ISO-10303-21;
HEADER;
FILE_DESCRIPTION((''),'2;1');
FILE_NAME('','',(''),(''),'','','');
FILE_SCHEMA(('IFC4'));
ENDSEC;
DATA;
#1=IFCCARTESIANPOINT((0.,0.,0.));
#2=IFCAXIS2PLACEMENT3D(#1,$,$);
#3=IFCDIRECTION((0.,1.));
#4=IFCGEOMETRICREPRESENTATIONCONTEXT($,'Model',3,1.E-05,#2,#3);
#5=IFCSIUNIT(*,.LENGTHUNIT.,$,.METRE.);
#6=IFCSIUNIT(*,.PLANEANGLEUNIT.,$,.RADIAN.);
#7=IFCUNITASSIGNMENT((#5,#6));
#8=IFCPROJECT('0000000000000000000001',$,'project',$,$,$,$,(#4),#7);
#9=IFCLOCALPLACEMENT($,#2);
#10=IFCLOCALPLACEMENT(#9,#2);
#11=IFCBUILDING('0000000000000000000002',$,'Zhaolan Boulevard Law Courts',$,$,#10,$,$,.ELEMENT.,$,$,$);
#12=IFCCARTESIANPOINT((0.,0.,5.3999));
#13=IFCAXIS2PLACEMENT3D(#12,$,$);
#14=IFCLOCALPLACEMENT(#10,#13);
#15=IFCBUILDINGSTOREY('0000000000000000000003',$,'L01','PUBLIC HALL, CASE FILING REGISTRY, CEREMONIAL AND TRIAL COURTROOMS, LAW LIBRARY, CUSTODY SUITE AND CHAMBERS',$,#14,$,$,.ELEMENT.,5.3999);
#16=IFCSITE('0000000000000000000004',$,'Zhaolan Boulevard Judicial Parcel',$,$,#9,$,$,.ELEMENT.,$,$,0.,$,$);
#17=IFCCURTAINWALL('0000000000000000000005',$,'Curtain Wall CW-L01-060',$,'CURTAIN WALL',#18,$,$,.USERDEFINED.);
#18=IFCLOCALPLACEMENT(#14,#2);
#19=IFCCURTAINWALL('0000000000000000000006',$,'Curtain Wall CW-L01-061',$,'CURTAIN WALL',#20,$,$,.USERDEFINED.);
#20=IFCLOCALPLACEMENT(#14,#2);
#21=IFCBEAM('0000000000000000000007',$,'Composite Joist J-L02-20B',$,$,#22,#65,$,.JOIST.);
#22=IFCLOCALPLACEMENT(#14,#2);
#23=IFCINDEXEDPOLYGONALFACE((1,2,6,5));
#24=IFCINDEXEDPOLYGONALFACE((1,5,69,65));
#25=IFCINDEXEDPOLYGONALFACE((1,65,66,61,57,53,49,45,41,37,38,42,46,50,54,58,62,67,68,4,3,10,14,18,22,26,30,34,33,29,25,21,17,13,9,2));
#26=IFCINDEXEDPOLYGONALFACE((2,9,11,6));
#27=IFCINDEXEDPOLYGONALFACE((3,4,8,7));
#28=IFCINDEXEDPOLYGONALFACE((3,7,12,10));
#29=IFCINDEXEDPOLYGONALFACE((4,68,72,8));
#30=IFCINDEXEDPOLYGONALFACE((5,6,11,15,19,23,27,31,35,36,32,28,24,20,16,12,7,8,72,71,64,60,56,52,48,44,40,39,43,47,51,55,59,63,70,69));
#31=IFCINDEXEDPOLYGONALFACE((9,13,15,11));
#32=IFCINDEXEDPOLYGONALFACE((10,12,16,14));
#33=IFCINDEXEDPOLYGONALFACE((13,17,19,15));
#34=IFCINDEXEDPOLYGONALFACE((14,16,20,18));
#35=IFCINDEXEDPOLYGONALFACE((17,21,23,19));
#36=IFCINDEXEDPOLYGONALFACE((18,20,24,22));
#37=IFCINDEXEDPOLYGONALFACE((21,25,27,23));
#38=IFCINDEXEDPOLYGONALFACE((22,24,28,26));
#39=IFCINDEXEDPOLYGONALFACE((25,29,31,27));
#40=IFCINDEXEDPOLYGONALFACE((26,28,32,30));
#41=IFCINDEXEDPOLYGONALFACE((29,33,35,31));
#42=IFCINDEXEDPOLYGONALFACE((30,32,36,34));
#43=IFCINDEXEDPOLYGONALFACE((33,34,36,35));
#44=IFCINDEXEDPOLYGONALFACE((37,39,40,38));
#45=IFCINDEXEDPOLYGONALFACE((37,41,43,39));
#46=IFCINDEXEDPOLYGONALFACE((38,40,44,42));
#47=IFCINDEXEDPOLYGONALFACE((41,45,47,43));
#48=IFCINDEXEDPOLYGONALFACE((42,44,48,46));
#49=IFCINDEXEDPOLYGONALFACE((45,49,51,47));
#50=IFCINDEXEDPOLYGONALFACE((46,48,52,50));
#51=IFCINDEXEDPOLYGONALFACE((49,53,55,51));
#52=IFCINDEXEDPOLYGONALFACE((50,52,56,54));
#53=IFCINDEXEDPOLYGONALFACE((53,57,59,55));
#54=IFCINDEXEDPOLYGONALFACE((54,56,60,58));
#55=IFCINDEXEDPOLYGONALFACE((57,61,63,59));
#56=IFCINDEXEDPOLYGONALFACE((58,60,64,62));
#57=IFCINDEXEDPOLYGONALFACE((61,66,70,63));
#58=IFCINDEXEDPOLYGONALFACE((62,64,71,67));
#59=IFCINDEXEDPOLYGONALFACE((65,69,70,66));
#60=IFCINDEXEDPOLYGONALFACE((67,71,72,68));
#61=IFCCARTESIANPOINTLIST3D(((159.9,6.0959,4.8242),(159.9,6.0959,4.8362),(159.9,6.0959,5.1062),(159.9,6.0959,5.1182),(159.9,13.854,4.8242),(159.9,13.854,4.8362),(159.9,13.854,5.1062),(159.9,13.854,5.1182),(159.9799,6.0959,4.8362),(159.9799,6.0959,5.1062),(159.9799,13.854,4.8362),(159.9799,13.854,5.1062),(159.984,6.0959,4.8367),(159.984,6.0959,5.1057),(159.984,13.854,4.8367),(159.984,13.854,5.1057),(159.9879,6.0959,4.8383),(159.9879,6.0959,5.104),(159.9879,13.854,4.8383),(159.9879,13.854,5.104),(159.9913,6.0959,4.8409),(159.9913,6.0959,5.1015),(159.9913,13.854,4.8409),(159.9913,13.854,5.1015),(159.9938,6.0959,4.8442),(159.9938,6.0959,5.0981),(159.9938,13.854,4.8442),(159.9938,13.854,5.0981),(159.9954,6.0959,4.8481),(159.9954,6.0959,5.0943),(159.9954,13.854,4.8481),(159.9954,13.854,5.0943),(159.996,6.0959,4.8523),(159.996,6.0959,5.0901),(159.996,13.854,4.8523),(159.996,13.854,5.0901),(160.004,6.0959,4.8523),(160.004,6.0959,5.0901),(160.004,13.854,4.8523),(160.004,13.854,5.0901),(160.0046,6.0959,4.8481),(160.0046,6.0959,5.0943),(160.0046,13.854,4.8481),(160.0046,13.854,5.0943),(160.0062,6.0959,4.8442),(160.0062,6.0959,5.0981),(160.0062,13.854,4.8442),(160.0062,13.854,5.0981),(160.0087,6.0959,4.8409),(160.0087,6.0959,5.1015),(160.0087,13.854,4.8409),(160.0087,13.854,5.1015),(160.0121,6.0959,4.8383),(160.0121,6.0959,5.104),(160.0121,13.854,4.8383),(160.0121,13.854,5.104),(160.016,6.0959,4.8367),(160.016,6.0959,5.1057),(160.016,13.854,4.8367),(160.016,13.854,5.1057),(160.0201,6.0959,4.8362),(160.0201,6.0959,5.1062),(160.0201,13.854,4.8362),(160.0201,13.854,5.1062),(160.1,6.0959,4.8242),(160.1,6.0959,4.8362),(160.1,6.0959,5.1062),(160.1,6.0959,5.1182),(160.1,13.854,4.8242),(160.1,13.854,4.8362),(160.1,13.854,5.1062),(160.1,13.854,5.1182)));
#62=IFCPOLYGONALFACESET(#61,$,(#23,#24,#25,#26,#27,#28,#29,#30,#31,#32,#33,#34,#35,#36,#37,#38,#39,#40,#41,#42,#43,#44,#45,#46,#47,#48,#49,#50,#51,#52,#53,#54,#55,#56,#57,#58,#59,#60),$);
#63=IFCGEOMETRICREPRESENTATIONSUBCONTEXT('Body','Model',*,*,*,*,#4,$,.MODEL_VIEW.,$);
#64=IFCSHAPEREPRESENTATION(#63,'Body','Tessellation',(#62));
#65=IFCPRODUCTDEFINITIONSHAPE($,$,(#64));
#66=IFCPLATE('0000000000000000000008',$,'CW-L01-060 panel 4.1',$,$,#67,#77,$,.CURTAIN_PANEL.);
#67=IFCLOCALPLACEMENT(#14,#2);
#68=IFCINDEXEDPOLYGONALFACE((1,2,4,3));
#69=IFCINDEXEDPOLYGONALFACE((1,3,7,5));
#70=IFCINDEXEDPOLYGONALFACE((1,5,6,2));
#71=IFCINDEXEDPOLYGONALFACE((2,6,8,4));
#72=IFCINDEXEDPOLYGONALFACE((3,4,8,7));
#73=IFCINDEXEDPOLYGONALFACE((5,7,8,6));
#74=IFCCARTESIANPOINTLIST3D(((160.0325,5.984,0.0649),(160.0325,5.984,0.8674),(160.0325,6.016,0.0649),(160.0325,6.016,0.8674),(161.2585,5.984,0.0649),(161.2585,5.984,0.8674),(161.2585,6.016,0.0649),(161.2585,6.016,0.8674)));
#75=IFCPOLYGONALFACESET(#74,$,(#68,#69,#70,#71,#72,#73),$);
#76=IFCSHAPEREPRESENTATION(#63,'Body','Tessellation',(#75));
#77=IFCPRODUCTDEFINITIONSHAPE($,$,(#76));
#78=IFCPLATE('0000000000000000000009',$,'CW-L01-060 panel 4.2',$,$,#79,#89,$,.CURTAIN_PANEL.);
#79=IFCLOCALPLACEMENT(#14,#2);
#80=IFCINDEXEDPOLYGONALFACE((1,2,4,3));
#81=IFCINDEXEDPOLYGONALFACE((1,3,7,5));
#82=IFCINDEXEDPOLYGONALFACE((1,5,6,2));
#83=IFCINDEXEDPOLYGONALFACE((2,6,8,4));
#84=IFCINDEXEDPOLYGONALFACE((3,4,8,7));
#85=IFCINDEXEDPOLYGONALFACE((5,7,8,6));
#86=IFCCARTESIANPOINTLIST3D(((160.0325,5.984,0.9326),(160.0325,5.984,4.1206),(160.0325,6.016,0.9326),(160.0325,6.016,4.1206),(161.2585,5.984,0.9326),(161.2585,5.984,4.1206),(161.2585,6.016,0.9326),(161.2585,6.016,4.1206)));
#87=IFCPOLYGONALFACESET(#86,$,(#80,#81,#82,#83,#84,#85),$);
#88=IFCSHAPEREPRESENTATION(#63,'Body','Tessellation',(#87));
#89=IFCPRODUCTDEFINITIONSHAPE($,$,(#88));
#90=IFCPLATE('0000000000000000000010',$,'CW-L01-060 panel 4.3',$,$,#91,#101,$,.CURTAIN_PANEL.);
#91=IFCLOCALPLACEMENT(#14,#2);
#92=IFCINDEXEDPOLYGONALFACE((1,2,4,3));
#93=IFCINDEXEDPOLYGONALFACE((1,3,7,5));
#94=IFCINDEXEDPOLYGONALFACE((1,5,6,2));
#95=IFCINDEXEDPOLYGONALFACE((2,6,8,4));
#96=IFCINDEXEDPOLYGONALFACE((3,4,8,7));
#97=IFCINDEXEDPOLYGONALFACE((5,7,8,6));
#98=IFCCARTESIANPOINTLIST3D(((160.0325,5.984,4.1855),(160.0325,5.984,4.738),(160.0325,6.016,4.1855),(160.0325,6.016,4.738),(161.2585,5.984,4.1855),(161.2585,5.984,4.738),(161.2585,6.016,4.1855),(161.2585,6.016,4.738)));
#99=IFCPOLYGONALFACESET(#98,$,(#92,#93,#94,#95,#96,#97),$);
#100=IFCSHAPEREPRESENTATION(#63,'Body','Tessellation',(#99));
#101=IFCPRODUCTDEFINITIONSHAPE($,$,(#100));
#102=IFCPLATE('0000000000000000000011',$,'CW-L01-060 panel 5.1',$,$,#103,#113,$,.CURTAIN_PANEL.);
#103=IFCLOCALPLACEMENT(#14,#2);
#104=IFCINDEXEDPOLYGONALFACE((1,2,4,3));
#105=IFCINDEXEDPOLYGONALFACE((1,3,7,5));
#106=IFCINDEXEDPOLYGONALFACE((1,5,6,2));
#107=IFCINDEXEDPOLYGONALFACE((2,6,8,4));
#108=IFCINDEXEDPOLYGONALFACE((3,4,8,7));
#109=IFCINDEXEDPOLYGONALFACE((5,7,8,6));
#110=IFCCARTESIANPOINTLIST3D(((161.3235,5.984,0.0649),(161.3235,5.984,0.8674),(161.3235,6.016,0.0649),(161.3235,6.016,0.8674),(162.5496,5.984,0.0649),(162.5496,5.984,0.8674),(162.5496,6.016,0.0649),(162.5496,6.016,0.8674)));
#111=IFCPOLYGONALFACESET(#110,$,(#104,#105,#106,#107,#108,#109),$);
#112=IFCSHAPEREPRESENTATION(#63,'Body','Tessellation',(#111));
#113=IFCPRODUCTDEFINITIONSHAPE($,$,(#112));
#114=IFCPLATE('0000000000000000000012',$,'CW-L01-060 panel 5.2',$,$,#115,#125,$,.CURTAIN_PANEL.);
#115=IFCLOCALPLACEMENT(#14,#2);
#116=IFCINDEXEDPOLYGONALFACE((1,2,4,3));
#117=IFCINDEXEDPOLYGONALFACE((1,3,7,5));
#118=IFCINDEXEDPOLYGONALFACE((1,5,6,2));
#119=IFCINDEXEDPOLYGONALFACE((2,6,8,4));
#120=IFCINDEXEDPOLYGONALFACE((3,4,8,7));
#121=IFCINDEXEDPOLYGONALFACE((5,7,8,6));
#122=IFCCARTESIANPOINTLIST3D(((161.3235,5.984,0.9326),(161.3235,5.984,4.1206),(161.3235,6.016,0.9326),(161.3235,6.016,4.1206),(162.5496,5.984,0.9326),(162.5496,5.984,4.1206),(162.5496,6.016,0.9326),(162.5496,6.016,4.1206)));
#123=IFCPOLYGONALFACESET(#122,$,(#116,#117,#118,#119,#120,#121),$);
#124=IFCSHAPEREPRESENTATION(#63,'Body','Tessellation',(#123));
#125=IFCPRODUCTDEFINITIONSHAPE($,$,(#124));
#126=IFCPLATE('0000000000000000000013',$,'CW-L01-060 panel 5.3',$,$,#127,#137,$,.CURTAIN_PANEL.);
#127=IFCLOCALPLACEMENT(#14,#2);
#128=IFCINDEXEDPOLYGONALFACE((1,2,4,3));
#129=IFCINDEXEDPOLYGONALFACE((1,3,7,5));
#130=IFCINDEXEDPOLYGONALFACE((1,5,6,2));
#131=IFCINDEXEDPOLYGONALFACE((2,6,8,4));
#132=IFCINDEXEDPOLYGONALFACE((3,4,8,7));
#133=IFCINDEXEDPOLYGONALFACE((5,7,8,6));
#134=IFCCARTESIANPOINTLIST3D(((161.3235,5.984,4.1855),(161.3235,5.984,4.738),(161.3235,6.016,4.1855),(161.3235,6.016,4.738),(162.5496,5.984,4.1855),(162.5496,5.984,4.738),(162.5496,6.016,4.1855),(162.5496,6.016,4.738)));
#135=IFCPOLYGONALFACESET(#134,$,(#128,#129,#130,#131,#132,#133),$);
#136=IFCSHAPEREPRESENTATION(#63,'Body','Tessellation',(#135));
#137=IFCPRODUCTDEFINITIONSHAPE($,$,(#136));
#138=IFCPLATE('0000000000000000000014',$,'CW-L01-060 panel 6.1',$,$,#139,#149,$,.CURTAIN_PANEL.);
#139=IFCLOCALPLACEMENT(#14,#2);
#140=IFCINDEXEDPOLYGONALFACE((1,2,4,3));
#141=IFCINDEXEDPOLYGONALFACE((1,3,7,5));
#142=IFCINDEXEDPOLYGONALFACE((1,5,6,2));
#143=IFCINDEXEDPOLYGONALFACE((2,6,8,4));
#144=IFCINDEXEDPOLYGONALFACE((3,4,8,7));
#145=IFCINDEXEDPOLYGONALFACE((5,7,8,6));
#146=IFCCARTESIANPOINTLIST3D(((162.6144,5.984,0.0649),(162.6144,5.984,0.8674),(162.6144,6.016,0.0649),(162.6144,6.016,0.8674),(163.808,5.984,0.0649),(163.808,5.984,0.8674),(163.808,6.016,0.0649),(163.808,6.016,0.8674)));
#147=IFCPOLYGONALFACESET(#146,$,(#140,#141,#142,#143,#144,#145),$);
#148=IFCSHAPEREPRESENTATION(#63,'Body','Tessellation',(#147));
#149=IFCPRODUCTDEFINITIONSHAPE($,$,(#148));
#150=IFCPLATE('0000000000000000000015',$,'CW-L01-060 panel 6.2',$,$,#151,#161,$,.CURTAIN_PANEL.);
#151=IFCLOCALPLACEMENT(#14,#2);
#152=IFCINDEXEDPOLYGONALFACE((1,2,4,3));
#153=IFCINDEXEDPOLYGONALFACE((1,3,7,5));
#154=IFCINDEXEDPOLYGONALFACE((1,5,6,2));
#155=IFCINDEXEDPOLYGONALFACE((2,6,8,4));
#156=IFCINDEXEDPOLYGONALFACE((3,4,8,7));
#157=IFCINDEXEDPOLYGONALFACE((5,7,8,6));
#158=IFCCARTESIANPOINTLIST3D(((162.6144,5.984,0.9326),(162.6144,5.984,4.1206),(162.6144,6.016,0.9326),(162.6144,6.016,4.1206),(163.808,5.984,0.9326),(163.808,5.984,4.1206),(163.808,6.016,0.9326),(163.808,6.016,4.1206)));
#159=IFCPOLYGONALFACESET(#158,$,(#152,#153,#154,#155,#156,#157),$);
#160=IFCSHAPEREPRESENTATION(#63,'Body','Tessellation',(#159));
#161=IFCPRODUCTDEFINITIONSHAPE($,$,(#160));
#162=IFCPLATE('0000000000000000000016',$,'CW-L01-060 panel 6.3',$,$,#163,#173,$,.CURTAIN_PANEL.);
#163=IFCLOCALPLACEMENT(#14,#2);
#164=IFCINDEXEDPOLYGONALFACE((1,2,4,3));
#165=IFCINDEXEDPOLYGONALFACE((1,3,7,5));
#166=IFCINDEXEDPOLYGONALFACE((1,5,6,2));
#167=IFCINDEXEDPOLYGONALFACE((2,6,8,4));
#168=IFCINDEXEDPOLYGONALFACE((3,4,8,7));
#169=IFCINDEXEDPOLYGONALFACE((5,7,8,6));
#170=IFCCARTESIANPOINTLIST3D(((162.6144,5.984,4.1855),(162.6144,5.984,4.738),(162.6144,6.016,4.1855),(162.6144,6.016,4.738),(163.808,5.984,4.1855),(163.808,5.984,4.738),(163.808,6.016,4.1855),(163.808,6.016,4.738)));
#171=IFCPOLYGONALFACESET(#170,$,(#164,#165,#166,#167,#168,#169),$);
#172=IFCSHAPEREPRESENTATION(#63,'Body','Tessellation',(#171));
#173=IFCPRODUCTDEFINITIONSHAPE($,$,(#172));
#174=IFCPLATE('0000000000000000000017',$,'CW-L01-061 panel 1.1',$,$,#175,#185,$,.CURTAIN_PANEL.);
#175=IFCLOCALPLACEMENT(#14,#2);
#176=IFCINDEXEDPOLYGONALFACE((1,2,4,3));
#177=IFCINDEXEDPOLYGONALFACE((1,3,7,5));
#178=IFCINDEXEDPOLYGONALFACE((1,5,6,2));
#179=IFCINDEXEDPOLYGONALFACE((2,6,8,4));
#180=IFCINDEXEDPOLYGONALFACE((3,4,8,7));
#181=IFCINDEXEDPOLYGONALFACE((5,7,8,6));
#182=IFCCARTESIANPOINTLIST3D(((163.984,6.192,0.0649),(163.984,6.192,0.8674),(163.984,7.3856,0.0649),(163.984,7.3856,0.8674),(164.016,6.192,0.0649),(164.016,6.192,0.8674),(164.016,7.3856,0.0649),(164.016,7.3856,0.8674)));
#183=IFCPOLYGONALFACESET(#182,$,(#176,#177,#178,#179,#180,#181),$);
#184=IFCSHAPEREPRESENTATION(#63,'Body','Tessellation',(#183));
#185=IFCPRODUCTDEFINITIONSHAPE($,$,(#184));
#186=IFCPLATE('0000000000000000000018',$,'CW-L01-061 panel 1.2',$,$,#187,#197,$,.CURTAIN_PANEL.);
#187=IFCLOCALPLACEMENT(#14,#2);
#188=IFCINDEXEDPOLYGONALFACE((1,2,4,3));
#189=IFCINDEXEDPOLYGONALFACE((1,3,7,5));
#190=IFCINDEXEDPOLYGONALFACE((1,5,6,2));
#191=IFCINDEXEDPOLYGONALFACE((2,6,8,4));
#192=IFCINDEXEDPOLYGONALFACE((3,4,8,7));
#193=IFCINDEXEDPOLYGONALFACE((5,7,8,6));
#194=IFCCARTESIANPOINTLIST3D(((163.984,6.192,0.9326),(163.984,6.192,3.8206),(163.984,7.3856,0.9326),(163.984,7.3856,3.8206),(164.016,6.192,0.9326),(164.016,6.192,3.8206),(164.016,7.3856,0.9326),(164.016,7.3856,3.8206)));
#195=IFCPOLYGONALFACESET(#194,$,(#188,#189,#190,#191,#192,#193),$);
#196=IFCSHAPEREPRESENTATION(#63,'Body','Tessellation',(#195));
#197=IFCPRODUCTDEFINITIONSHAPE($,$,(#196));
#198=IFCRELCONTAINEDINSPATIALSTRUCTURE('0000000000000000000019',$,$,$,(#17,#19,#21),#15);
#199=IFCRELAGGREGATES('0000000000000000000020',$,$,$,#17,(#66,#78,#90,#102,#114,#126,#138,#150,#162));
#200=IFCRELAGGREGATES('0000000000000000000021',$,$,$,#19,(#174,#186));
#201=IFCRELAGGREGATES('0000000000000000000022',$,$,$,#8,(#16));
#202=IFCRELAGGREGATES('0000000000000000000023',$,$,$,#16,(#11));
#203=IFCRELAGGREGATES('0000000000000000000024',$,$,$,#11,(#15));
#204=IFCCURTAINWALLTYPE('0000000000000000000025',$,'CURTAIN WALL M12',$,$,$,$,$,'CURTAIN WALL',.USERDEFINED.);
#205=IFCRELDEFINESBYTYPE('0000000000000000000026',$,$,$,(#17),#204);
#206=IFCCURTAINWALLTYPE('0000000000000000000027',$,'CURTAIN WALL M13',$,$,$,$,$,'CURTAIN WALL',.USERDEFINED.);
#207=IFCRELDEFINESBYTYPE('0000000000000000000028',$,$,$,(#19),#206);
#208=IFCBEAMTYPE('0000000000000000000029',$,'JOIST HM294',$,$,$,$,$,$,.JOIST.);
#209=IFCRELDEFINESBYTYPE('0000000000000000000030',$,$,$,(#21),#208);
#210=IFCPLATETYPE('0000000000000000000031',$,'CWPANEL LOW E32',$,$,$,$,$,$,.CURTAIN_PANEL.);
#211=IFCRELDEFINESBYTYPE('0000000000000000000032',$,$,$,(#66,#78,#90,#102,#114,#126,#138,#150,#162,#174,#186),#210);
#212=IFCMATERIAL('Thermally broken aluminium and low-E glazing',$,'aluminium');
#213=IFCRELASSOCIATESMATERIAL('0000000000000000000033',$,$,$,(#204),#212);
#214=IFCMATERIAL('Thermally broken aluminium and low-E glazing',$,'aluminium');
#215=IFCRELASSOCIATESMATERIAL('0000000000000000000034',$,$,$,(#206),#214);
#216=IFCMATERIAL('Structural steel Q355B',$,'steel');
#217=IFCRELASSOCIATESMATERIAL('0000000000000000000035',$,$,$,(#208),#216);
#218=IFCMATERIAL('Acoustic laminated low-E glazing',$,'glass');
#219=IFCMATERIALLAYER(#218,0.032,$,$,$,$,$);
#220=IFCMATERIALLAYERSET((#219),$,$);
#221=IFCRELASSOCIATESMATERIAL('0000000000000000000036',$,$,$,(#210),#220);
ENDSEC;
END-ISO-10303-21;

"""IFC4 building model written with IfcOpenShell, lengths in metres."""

from ifc_helpers import new_model, si_unit, direction, frame, origin, origin_2d, place, context, subcontext, project, spatial, rectangle, i_section, extrude, material, layer, layer_set, material_profile, profile_set, type_object, element, aggregate, save


model = new_model("IFC4")

# Units and contexts
model_context = context("Model", 3, precision=1e-05, world=origin(), true_north=direction((0.0, 1.0)))
body_context = subcontext(model_context, "Body", "Model", "MODEL_VIEW")
ifc_project = project(units=[si_unit("LENGTHUNIT", "METRE"), si_unit("PLANEANGLEUNIT", "RADIAN")], contexts=[model_context])

# Site, building, storey
site_placement = place(None, origin())
site = spatial("IfcSite", under=ifc_project, at=site_placement, Name="Zhaolan Boulevard Judicial Parcel", CompositionType="ELEMENT", RefElevation=0.0)
building_placement = place(site_placement, origin())
building = spatial("IfcBuilding", under=site, at=building_placement, Name="Zhaolan Boulevard Law Courts", CompositionType="ELEMENT")
storey_placement = place(building_placement, frame((0.0, 0.0, 5.3999)))
storey = spatial("IfcBuildingStorey", under=building, at=storey_placement, Name="L01", Description="PUBLIC HALL, CASE FILING REGISTRY, CEREMONIAL AND TRIAL COURTROOMS, LAW LIBRARY, CUSTODY SUITE AND CHAMBERS", CompositionType="ELEMENT", Elevation=5.3999)

# Curtain wall
ifc_material_1 = material(Name="Thermally broken aluminium and low-E glazing", Category="aluminium")
curtain_wall_type_1 = type_object("IfcCurtainWallType", Name="CURTAIN WALL M12", ElementType="CURTAIN WALL", PredefinedType="USERDEFINED", material=ifc_material_1)
curtain_wall_1_placement = place(storey_placement, origin())
curtain_wall_1 = element("IfcCurtainWall", 1, at=curtain_wall_1_placement, inside=storey, type_object=curtain_wall_type_1, Name="Curtain Wall CW-L01-060", ObjectType="CURTAIN WALL", PredefinedType="USERDEFINED")

# Curtain wall
ifc_material_2 = material(Name="Thermally broken aluminium and low-E glazing", Category="aluminium")
curtain_wall_type_2 = type_object("IfcCurtainWallType", Name="CURTAIN WALL M13", ElementType="CURTAIN WALL", PredefinedType="USERDEFINED", material=ifc_material_2)
curtain_wall_2_placement = place(storey_placement, origin())
curtain_wall_2 = element("IfcCurtainWall", 2, at=curtain_wall_2_placement, inside=storey, type_object=curtain_wall_type_2, Name="Curtain Wall CW-L01-061", ObjectType="CURTAIN WALL", PredefinedType="USERDEFINED")

# Beam
ifc_material_3 = material(Name="Structural steel Q355B", Category="steel")
ifc_material_profile_1 = material_profile(ifc_material_3, i_section(OverallWidth=0.2, OverallDepth=0.2939, WebThickness=0.0081, FlangeThickness=0.012, FilletRadius=0.0161, at=origin_2d()), Name="HM294x200")
ifc_profile_set_1 = profile_set([ifc_material_profile_1], Name="Structural steel Q355B")
beam_type_1 = type_object("IfcBeamType", Name="JOIST HM294", PredefinedType="JOIST", material=ifc_profile_set_1)
beam_1_placement = place(storey_placement, frame((160.0, 6.0959, 4.9712), z_axis=(0.0, 1.0, 0.0), x_axis=(-1.0, 0.0, 0.0)))
element("IfcBeam", 3, at=beam_1_placement, inside=storey, type_object=beam_type_1, Name="Composite Joist J-L02-20B", PredefinedType="JOIST", context=body_context, shape_type="SweptSolid", body=[
    extrude(i_section(OverallWidth=0.2, OverallDepth=0.2939, WebThickness=0.0081, FlangeThickness=0.012, FilletRadius=0.0161, at=origin_2d()), origin(), (0.0, 0.0, 1.0), 7.7581),
])

# Plates
ifc_material_4 = material(Name="Acoustic laminated low-E glazing", Category="glass")
ifc_layer_1 = layer(ifc_material_4, 0.032)
ifc_layer_set_1 = layer_set([ifc_layer_1])
plate_type_1 = type_object("IfcPlateType", Name="CWPANEL LOW E32", PredefinedType="CURTAIN_PANEL", material=ifc_layer_set_1)
plate_1_placement = place(storey_placement, frame((160.6455, 6.0, 0.0649), z_axis=(0.0, 0.0, 1.0), x_axis=(1.0, 0.0, 0.0)))
plate_1 = element("IfcPlate", 4, at=plate_1_placement, type_object=plate_type_1, Name="CW-L01-060 panel 4.1", PredefinedType="CURTAIN_PANEL", context=body_context, shape_type="SweptSolid", body=[
    extrude(rectangle(XDim=1.2261, YDim=0.032, at=origin_2d()), origin(), (0.0, 0.0, 1.0), 0.8025),
])
plate_2_placement = place(storey_placement, frame((160.6455, 6.0, 0.9326), z_axis=(0.0, 0.0, 1.0), x_axis=(1.0, 0.0, 0.0)))
plate_2 = element("IfcPlate", 5, at=plate_2_placement, type_object=plate_type_1, Name="CW-L01-060 panel 4.2", PredefinedType="CURTAIN_PANEL", context=body_context, shape_type="SweptSolid", body=[
    extrude(rectangle(XDim=1.2261, YDim=0.032, at=origin_2d()), origin(), (0.0, 0.0, 1.0), 3.188),
])
plate_3_placement = place(storey_placement, frame((160.6455, 6.0, 4.1855), z_axis=(0.0, 0.0, 1.0), x_axis=(1.0, 0.0, 0.0)))
plate_3 = element("IfcPlate", 6, at=plate_3_placement, type_object=plate_type_1, Name="CW-L01-060 panel 4.3", PredefinedType="CURTAIN_PANEL", context=body_context, shape_type="SweptSolid", body=[
    extrude(rectangle(XDim=1.2261, YDim=0.032, at=origin_2d()), origin(), (0.0, 0.0, 1.0), 0.5525),
])
plate_4_placement = place(storey_placement, frame((161.9365, 6.0, 0.0649), z_axis=(0.0, 0.0, 1.0), x_axis=(1.0, 0.0, 0.0)))
plate_4 = element("IfcPlate", 7, at=plate_4_placement, type_object=plate_type_1, Name="CW-L01-060 panel 5.1", PredefinedType="CURTAIN_PANEL", context=body_context, shape_type="SweptSolid", body=[
    extrude(rectangle(XDim=1.2261, YDim=0.032, at=origin_2d()), origin(), (0.0, 0.0, 1.0), 0.8025),
])
plate_5_placement = place(storey_placement, frame((161.9365, 6.0, 0.9326), z_axis=(0.0, 0.0, 1.0), x_axis=(1.0, 0.0, 0.0)))
plate_5 = element("IfcPlate", 8, at=plate_5_placement, type_object=plate_type_1, Name="CW-L01-060 panel 5.2", PredefinedType="CURTAIN_PANEL", context=body_context, shape_type="SweptSolid", body=[
    extrude(rectangle(XDim=1.2261, YDim=0.032, at=origin_2d()), origin(), (0.0, 0.0, 1.0), 3.188),
])
plate_6_placement = place(storey_placement, frame((161.9365, 6.0, 4.1855), z_axis=(0.0, 0.0, 1.0), x_axis=(1.0, 0.0, 0.0)))
plate_6 = element("IfcPlate", 9, at=plate_6_placement, type_object=plate_type_1, Name="CW-L01-060 panel 5.3", PredefinedType="CURTAIN_PANEL", context=body_context, shape_type="SweptSolid", body=[
    extrude(rectangle(XDim=1.2261, YDim=0.032, at=origin_2d()), origin(), (0.0, 0.0, 1.0), 0.5525),
])
plate_7_placement = place(storey_placement, frame((163.2112, 6.0, 0.0649), z_axis=(0.0, 0.0, 1.0), x_axis=(1.0, 0.0, 0.0)))
plate_7 = element("IfcPlate", 10, at=plate_7_placement, type_object=plate_type_1, Name="CW-L01-060 panel 6.1", PredefinedType="CURTAIN_PANEL", context=body_context, shape_type="SweptSolid", body=[
    extrude(rectangle(XDim=1.1936, YDim=0.032, at=origin_2d()), origin(), (0.0, 0.0, 1.0), 0.8025),
])
plate_8_placement = place(storey_placement, frame((163.2112, 6.0, 0.9326), z_axis=(0.0, 0.0, 1.0), x_axis=(1.0, 0.0, 0.0)))
plate_8 = element("IfcPlate", 11, at=plate_8_placement, type_object=plate_type_1, Name="CW-L01-060 panel 6.2", PredefinedType="CURTAIN_PANEL", context=body_context, shape_type="SweptSolid", body=[
    extrude(rectangle(XDim=1.1936, YDim=0.032, at=origin_2d()), origin(), (0.0, 0.0, 1.0), 3.188),
])
plate_9_placement = place(storey_placement, frame((163.2112, 6.0, 4.1855), z_axis=(0.0, 0.0, 1.0), x_axis=(1.0, 0.0, 0.0)))
plate_9 = element("IfcPlate", 12, at=plate_9_placement, type_object=plate_type_1, Name="CW-L01-060 panel 6.3", PredefinedType="CURTAIN_PANEL", context=body_context, shape_type="SweptSolid", body=[
    extrude(rectangle(XDim=1.1936, YDim=0.032, at=origin_2d()), origin(), (0.0, 0.0, 1.0), 0.5525),
])
aggregate(curtain_wall_1, [plate_1, plate_2, plate_3, plate_4, plate_5, plate_6, plate_7, plate_8, plate_9])
plate_10_placement = place(storey_placement, frame((164.0, 6.7888, 0.0649), z_axis=(0.0, 0.0, 1.0), x_axis=(0.0, 1.0, 0.0)))
plate_10 = element("IfcPlate", 13, at=plate_10_placement, type_object=plate_type_1, Name="CW-L01-061 panel 1.1", PredefinedType="CURTAIN_PANEL", context=body_context, shape_type="SweptSolid", body=[
    extrude(rectangle(XDim=1.1936, YDim=0.032, at=origin_2d()), origin(), (0.0, 0.0, 1.0), 0.8025),
])
plate_11_placement = place(storey_placement, frame((164.0, 6.7888, 0.9326), z_axis=(0.0, 0.0, 1.0), x_axis=(0.0, 1.0, 0.0)))
plate_11 = element("IfcPlate", 14, at=plate_11_placement, type_object=plate_type_1, Name="CW-L01-061 panel 1.2", PredefinedType="CURTAIN_PANEL", context=body_context, shape_type="SweptSolid", body=[
    extrude(rectangle(XDim=1.1936, YDim=0.032, at=origin_2d()), origin(), (0.0, 0.0, 1.0), 2.8879),
])
aggregate(curtain_wall_2, [plate_10, plate_11])

save(model, "model.ifc")
